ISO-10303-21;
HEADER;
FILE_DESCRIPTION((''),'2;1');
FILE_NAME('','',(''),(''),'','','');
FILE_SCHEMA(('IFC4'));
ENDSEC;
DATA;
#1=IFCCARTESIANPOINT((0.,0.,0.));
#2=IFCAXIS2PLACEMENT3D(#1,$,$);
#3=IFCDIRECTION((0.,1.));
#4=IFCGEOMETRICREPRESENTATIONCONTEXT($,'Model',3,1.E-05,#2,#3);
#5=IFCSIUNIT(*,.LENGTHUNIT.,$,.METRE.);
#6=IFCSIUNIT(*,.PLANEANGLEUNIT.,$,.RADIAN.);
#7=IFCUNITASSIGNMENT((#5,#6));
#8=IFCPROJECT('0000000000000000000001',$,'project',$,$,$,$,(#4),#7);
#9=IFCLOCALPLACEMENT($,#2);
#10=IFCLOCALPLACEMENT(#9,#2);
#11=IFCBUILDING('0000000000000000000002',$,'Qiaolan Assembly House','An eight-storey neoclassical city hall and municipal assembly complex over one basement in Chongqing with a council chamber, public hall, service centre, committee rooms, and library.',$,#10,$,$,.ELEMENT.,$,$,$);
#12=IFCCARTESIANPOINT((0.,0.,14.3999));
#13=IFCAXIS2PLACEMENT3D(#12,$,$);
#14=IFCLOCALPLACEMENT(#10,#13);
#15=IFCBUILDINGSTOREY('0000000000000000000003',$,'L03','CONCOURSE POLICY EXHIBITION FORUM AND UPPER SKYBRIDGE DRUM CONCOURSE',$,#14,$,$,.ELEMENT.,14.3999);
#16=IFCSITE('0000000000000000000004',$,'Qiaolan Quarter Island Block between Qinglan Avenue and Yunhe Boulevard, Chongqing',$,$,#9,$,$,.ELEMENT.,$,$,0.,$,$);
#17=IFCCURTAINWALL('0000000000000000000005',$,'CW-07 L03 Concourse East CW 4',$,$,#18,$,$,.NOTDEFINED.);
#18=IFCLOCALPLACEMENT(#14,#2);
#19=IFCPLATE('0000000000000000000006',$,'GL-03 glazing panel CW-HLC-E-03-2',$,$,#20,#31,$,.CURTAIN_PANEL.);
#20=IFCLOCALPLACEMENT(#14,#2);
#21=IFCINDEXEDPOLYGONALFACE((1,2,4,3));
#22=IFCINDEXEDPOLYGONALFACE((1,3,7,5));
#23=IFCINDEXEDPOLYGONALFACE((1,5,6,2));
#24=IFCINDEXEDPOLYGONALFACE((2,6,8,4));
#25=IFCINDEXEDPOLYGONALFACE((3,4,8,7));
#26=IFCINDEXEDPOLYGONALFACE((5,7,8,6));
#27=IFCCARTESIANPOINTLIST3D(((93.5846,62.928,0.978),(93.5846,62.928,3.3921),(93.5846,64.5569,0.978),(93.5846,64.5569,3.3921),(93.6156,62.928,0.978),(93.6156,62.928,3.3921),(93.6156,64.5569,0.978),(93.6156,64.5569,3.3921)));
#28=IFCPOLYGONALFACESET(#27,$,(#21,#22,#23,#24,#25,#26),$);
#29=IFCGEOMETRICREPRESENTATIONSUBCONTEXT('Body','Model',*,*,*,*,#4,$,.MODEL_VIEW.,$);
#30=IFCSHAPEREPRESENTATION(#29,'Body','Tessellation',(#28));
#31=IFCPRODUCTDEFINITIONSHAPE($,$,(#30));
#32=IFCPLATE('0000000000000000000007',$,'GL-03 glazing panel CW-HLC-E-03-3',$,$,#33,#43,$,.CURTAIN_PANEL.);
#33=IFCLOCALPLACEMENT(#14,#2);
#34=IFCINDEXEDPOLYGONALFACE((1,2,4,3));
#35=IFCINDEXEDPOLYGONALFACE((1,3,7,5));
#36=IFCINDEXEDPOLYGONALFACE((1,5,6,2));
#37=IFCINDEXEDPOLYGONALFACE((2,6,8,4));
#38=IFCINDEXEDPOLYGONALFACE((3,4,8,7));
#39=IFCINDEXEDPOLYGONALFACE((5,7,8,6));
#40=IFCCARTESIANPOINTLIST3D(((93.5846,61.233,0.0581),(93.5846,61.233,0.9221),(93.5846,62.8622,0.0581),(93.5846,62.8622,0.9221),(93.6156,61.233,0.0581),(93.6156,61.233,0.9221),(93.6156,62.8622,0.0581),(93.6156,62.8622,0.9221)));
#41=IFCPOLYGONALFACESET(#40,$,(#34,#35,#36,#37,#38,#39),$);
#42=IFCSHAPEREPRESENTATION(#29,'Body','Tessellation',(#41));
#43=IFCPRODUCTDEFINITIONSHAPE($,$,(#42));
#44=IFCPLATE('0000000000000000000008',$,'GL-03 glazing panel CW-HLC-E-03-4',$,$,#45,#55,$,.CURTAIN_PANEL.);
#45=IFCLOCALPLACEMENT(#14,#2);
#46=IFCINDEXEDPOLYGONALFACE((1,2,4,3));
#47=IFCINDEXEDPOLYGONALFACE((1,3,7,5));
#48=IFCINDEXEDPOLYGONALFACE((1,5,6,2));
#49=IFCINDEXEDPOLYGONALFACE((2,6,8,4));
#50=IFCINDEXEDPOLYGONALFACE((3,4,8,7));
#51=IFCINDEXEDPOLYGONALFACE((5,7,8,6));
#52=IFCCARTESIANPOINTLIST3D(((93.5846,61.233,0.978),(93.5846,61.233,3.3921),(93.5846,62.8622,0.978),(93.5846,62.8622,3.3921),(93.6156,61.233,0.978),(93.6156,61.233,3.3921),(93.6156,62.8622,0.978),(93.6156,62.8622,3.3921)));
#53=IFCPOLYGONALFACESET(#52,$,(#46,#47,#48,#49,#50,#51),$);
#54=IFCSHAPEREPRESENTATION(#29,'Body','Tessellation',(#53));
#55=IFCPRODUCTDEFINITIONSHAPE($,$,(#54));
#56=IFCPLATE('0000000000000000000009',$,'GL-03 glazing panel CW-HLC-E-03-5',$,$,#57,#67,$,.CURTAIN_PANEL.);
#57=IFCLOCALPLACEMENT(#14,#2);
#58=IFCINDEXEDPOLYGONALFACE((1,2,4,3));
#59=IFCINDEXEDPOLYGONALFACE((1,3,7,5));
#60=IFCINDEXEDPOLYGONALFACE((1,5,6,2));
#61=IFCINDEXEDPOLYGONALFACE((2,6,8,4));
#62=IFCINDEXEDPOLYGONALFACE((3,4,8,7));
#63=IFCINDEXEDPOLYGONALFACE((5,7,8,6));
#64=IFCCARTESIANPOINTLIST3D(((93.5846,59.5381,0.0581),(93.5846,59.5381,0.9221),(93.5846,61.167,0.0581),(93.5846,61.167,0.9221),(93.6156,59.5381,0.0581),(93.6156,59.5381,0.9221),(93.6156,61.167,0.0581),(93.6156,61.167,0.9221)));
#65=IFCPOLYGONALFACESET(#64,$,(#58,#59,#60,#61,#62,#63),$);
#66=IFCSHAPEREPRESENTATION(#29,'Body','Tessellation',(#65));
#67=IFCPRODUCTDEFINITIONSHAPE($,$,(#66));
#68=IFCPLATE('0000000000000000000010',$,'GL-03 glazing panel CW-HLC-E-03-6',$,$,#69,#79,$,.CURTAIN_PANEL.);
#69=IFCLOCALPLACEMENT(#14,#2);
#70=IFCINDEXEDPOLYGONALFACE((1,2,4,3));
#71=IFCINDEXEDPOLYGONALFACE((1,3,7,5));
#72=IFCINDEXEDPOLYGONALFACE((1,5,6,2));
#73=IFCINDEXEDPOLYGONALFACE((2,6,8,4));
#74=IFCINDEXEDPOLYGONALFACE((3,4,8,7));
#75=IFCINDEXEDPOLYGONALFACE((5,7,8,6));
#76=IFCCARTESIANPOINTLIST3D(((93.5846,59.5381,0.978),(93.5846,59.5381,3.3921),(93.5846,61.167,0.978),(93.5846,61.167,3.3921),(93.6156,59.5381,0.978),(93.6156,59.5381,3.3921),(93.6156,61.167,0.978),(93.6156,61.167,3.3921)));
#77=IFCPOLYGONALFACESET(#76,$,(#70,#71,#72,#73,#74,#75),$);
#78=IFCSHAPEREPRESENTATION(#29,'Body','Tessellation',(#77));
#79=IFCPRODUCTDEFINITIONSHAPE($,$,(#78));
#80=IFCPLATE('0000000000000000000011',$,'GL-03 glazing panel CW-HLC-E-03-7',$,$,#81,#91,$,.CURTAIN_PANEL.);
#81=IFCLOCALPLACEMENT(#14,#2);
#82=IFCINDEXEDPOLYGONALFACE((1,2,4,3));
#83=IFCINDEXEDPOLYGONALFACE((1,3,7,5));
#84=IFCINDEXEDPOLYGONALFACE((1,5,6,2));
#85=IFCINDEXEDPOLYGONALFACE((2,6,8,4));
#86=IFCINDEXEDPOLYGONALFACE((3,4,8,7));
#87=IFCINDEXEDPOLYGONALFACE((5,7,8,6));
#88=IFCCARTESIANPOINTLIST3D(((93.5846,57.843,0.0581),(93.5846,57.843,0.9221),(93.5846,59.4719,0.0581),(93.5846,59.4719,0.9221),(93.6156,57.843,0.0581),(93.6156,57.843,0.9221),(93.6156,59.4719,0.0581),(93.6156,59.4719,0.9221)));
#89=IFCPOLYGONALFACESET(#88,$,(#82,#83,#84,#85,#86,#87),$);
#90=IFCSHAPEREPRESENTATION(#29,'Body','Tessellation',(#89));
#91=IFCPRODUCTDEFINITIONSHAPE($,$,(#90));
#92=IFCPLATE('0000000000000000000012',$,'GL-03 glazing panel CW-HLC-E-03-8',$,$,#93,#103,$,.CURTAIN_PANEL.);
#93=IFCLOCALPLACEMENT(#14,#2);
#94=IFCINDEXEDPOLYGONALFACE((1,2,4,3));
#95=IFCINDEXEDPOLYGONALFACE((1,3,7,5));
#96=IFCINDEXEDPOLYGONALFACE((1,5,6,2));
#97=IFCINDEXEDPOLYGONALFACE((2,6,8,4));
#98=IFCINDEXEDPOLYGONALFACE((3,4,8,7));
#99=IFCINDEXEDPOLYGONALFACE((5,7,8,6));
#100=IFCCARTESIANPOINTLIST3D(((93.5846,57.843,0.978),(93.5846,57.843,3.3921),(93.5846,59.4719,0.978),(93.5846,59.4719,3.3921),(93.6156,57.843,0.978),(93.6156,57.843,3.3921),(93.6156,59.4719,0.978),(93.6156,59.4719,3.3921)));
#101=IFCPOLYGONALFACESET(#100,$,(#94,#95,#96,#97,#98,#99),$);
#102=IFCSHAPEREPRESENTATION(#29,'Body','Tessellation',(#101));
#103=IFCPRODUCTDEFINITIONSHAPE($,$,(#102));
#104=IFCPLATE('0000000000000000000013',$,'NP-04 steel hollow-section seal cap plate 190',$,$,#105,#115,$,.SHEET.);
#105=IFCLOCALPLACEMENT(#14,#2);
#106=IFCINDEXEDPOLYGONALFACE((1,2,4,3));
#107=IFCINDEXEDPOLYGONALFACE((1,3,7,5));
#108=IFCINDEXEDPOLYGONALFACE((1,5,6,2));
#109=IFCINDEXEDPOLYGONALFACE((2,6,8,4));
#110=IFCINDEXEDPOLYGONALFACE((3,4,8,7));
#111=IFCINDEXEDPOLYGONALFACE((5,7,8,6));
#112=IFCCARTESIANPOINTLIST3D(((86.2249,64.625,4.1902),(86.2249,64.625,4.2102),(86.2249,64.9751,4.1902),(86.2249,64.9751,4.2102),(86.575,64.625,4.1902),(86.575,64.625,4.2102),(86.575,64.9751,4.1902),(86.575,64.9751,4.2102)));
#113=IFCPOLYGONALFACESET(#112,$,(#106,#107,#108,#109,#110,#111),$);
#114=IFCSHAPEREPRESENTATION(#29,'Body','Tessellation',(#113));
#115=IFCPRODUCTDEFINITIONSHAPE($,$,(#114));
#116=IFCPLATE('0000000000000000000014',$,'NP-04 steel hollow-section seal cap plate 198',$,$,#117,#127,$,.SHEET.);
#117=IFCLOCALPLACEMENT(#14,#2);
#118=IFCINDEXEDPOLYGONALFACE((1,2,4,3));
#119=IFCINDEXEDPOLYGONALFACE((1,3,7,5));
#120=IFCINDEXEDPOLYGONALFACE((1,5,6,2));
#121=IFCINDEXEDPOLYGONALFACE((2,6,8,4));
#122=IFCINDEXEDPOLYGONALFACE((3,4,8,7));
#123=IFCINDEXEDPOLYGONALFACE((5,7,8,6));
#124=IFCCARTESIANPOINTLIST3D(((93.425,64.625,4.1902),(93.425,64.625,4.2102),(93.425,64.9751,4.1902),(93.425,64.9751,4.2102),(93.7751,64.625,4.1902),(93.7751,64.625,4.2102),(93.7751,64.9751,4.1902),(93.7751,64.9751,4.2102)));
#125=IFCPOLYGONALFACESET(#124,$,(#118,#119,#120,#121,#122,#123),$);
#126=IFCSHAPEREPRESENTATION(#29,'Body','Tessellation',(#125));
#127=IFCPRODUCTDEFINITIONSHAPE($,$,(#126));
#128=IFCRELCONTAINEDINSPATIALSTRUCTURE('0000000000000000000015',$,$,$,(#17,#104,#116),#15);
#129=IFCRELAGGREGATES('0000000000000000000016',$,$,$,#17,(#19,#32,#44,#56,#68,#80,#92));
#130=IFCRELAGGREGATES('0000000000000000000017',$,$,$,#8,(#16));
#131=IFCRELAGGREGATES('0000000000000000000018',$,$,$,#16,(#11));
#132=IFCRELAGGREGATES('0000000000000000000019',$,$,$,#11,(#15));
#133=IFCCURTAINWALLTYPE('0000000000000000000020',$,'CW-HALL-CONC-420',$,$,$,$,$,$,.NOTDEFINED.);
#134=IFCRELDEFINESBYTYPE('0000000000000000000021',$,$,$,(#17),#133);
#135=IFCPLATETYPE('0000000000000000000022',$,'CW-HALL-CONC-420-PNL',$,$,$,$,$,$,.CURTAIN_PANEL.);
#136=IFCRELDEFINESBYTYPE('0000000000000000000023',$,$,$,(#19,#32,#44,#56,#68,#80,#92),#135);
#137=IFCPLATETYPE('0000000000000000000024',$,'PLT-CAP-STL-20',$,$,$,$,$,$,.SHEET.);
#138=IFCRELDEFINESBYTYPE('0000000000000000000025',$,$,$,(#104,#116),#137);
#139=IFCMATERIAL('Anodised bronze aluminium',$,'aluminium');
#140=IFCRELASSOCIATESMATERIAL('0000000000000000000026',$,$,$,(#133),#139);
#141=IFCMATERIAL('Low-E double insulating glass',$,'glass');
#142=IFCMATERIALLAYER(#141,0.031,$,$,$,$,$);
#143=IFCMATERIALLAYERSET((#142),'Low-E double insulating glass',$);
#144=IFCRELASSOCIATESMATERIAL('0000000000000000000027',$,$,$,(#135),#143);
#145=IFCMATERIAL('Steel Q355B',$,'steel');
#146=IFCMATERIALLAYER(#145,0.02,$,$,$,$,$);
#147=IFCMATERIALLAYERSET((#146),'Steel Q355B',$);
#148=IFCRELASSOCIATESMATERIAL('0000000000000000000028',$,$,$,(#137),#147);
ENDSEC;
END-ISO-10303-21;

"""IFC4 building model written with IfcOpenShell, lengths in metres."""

from ifc_helpers import new_model, si_unit, direction, frame, frame_2d, origin, origin_2d, place, context, subcontext, project, spatial, rectangle, extrude, material, layer, layer_set, type_object, element, aggregate, save


model = new_model("IFC4")

# Units and contexts
model_context = context("Model", 3, precision=1e-05, world=origin(), true_north=direction((0.0, 1.0)))
body_context = subcontext(model_context, "Body", "Model", "MODEL_VIEW")
ifc_project = project(units=[si_unit("LENGTHUNIT", "METRE"), si_unit("PLANEANGLEUNIT", "RADIAN")], contexts=[model_context])

# Site, building, storey
site_placement = place(None, origin())
site = spatial("IfcSite", under=ifc_project, at=site_placement, Name="Qiaolan Quarter Island Block between Qinglan Avenue and Yunhe Boulevard, Chongqing", CompositionType="ELEMENT", RefElevation=0.0)
building_placement = place(site_placement, origin())
building = spatial("IfcBuilding", under=site, at=building_placement, Name="Qiaolan Assembly House", Description="An eight-storey neoclassical city hall and municipal assembly complex over one basement in Chongqing with a council chamber, public hall, service centre, committee rooms, and library.", CompositionType="ELEMENT")
storey_placement = place(building_placement, frame((0.0, 0.0, 14.3999)))
storey = spatial("IfcBuildingStorey", under=building, at=storey_placement, Name="L03", Description="CONCOURSE POLICY EXHIBITION FORUM AND UPPER SKYBRIDGE DRUM CONCOURSE", CompositionType="ELEMENT", Elevation=14.3999)

# Shared definitions
ifc_material_1 = material(Name="Steel Q355B", Category="steel")

# Curtain wall
ifc_material_2 = material(Name="Anodised bronze aluminium", Category="aluminium")
curtain_wall_type = type_object("IfcCurtainWallType", Name="CW-HALL-CONC-420", PredefinedType="NOTDEFINED", material=ifc_material_2)
curtain_wall_placement = place(storey_placement, origin())
curtain_wall = element("IfcCurtainWall", 1, at=curtain_wall_placement, inside=storey, type_object=curtain_wall_type, Name="CW-07 L03 Concourse East CW 4", PredefinedType="NOTDEFINED")

# Plates
ifc_material_3 = material(Name="Low-E double insulating glass", Category="glass")
ifc_layer_1 = layer(ifc_material_3, 0.031)
ifc_layer_set_1 = layer_set([ifc_layer_1], Name="Low-E double insulating glass")
plate_type_1 = type_object("IfcPlateType", Name="CW-HALL-CONC-420-PNL", PredefinedType="CURTAIN_PANEL", material=ifc_layer_set_1)
plate_1_placement = place(storey_placement, frame((93.6001, 64.5569, 0.978), z_axis=(0.0, 0.0, 1.0), x_axis=(0.0, -1.0, 0.0)))
plate_1 = element("IfcPlate", 2, at=plate_1_placement, type_object=plate_type_1, Name="GL-03 glazing panel CW-HLC-E-03-2", PredefinedType="CURTAIN_PANEL", context=body_context, shape_type="SweptSolid", body=[
    extrude(rectangle(XDim=1.6289, YDim=0.031, at=frame_2d((0.8145, 0.0))), origin(), (0.0, 0.0, 1.0), 2.4141),
])
plate_2_placement = place(storey_placement, frame((93.6001, 62.8621, 0.0581), z_axis=(0.0, 0.0, 1.0), x_axis=(0.0, -1.0, 0.0)))
plate_2 = element("IfcPlate", 3, at=plate_2_placement, type_object=plate_type_1, Name="GL-03 glazing panel CW-HLC-E-03-3", PredefinedType="CURTAIN_PANEL", context=body_context, shape_type="SweptSolid", body=[
    extrude(rectangle(XDim=1.6292, YDim=0.031, at=frame_2d((0.8145, 0.0))), origin(), (0.0, 0.0, 1.0), 0.864),
])
plate_3_placement = place(storey_placement, frame((93.6001, 62.8621, 0.978), z_axis=(0.0, 0.0, 1.0), x_axis=(0.0, -1.0, 0.0)))
plate_3 = element("IfcPlate", 4, at=plate_3_placement, type_object=plate_type_1, Name="GL-03 glazing panel CW-HLC-E-03-4", PredefinedType="CURTAIN_PANEL", context=body_context, shape_type="SweptSolid", body=[
    extrude(rectangle(XDim=1.6292, YDim=0.031, at=frame_2d((0.8145, 0.0))), origin(), (0.0, 0.0, 1.0), 2.4141),
])
plate_4_placement = place(storey_placement, frame((93.6001, 61.167, 0.0581), z_axis=(0.0, 0.0, 1.0), x_axis=(0.0, -1.0, 0.0)))
plate_4 = element("IfcPlate", 5, at=plate_4_placement, type_object=plate_type_1, Name="GL-03 glazing panel CW-HLC-E-03-5", PredefinedType="CURTAIN_PANEL", context=body_context, shape_type="SweptSolid", body=[
    extrude(rectangle(XDim=1.6289, YDim=0.031, at=frame_2d((0.8145, 0.0))), origin(), (0.0, 0.0, 1.0), 0.864),
])
plate_5_placement = place(storey_placement, frame((93.6001, 61.167, 0.978), z_axis=(0.0, 0.0, 1.0), x_axis=(0.0, -1.0, 0.0)))
plate_5 = element("IfcPlate", 6, at=plate_5_placement, type_object=plate_type_1, Name="GL-03 glazing panel CW-HLC-E-03-6", PredefinedType="CURTAIN_PANEL", context=body_context, shape_type="SweptSolid", body=[
    extrude(rectangle(XDim=1.6289, YDim=0.031, at=frame_2d((0.8145, 0.0))), origin(), (0.0, 0.0, 1.0), 2.4141),
])
plate_6_placement = place(storey_placement, frame((93.6001, 59.4719, 0.0581), z_axis=(0.0, 0.0, 1.0), x_axis=(0.0, -1.0, 0.0)))
plate_6 = element("IfcPlate", 7, at=plate_6_placement, type_object=plate_type_1, Name="GL-03 glazing panel CW-HLC-E-03-7", PredefinedType="CURTAIN_PANEL", context=body_context, shape_type="SweptSolid", body=[
    extrude(rectangle(XDim=1.6289, YDim=0.031, at=frame_2d((0.8145, 0.0))), origin(), (0.0, 0.0, 1.0), 0.864),
])
plate_7_placement = place(storey_placement, frame((93.6001, 59.4719, 0.978), z_axis=(0.0, 0.0, 1.0), x_axis=(0.0, -1.0, 0.0)))
plate_7 = element("IfcPlate", 8, at=plate_7_placement, type_object=plate_type_1, Name="GL-03 glazing panel CW-HLC-E-03-8", PredefinedType="CURTAIN_PANEL", context=body_context, shape_type="SweptSolid", body=[
    extrude(rectangle(XDim=1.6289, YDim=0.031, at=frame_2d((0.8145, 0.0))), origin(), (0.0, 0.0, 1.0), 2.4141),
])
aggregate(curtain_wall, [plate_1, plate_2, plate_3, plate_4, plate_5, plate_6, plate_7])

# Plates
ifc_layer_2 = layer(ifc_material_1, 0.02)
ifc_layer_set_2 = layer_set([ifc_layer_2], Name="Steel Q355B")
plate_type_2 = type_object("IfcPlateType", Name="PLT-CAP-STL-20", PredefinedType="SHEET", material=ifc_layer_set_2)
for number, where, z_axis, x_axis, name in (
    (9, (86.3999, 64.8, 4.1902), (0.0, 0.0, 1.0), (1.0, 0.0, 0.0), "NP-04 steel hollow-section seal cap plate 190"),
    (10, (93.6001, 64.8, 4.1902), (0.0, 0.0, 1.0), (1.0, 0.0, 0.0), "NP-04 steel hollow-section seal cap plate 198"),
):
    element("IfcPlate", number, at=place(storey_placement, frame(where, z_axis=z_axis, x_axis=x_axis)), inside=storey, type_object=plate_type_2, Name=name, PredefinedType="SHEET", context=body_context, shape_type="SweptSolid", body=[
        extrude(rectangle(XDim=0.3501, YDim=0.3501, at=origin_2d()), origin(), (0.0, 0.0, 1.0), 0.02),
    ])

save(model, "model.ifc")
